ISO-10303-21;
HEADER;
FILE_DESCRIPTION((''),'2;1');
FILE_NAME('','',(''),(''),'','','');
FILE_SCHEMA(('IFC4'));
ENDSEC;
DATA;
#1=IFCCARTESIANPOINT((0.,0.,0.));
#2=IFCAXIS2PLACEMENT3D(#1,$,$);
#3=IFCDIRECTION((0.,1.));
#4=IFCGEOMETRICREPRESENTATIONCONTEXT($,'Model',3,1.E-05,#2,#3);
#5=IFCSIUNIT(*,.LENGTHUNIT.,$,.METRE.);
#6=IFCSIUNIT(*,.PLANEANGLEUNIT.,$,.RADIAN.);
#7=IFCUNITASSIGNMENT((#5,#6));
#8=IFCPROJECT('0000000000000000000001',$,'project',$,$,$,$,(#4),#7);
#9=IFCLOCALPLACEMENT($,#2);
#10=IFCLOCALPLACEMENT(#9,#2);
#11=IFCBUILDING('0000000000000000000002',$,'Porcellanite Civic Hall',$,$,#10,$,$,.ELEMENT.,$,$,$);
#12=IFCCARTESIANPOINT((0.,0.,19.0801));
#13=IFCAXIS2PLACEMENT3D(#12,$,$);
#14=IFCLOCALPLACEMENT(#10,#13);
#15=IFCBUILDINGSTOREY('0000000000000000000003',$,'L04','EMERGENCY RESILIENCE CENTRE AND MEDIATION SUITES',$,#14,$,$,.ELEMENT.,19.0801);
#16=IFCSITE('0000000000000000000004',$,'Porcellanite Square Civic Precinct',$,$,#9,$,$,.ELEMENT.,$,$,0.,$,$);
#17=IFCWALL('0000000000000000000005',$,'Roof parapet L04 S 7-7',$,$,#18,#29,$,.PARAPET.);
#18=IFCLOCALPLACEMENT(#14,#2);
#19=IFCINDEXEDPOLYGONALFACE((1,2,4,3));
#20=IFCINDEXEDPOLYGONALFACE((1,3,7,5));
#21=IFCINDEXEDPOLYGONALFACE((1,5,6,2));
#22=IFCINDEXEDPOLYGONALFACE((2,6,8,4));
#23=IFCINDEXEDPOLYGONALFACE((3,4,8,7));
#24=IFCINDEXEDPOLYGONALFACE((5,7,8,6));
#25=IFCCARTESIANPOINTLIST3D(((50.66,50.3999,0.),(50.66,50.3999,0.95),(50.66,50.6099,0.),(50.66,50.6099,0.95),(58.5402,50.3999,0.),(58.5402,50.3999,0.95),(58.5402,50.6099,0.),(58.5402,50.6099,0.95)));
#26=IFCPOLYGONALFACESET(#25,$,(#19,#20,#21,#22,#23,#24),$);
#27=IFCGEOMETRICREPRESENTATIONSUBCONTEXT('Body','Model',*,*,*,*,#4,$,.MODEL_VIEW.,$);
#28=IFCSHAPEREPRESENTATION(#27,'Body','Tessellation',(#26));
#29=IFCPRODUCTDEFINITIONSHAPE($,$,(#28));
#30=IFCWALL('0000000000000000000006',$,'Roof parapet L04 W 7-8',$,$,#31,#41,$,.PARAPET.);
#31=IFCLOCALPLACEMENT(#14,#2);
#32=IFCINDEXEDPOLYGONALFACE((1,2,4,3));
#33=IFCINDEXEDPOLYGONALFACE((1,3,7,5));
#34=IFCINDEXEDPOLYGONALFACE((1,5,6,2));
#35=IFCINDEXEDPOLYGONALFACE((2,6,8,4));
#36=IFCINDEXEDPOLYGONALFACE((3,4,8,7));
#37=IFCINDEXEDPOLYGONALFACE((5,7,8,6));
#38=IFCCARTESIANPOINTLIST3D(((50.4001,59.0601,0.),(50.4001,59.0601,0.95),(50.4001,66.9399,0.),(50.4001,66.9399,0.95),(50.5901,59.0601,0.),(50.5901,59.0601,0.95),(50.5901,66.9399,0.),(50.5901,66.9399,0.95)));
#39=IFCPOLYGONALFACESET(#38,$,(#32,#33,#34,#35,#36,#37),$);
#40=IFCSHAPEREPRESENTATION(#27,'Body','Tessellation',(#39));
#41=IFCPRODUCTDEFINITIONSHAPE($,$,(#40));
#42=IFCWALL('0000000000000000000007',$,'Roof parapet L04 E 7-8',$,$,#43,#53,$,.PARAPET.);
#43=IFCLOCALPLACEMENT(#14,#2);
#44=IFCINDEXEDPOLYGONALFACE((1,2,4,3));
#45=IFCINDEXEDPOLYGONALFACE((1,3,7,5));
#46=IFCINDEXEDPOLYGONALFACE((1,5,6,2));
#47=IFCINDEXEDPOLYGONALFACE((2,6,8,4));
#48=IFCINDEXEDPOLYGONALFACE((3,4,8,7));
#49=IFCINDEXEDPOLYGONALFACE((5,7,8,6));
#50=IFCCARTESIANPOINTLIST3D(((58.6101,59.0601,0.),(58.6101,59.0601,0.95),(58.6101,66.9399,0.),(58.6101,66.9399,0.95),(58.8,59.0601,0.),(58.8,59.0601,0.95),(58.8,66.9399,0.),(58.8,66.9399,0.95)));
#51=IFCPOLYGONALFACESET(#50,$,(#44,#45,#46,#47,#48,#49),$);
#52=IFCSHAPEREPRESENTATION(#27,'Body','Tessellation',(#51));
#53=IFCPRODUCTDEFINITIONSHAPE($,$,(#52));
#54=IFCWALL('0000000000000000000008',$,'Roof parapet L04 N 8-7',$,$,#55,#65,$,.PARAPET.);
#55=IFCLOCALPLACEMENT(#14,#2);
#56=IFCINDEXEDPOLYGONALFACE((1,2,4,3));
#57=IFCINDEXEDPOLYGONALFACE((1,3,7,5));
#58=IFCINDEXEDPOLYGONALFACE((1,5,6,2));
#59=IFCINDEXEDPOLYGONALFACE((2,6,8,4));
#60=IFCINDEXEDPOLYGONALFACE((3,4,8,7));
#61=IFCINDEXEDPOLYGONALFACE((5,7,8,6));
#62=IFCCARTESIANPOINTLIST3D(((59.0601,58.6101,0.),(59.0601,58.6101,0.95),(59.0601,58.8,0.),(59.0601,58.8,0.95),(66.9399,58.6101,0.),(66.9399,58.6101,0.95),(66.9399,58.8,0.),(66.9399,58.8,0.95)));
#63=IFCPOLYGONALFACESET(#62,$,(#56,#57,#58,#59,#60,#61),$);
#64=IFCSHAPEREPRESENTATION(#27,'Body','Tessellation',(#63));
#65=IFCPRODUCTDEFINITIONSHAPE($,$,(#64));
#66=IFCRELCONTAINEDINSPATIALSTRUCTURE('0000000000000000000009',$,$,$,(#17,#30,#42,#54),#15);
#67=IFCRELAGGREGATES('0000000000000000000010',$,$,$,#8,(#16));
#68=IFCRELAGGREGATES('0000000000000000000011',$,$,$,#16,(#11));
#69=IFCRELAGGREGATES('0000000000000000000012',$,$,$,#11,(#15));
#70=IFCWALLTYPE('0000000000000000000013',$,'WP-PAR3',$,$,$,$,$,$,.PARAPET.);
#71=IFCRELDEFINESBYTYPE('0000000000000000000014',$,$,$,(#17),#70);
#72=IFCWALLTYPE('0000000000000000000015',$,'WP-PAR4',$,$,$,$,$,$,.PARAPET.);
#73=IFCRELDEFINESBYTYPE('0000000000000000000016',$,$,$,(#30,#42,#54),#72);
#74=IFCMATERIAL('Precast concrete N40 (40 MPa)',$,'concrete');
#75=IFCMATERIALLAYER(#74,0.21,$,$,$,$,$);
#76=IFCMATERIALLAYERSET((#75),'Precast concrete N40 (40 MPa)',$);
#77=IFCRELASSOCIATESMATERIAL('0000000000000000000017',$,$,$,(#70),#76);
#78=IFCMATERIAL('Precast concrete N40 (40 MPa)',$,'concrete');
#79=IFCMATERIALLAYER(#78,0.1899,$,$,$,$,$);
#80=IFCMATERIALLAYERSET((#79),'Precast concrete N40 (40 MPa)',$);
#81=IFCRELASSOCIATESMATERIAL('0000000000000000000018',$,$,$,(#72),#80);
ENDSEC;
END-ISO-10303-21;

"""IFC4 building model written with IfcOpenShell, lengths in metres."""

from ifc_helpers import new_model, si_unit, direction, frame, frame_2d, origin, place, context, subcontext, project, spatial, rectangle, extrude, material, layer, layer_set, type_object, element, save


model = new_model("IFC4")

# Units and contexts
model_context = context("Model", 3, precision=1e-05, world=origin(), true_north=direction((0.0, 1.0)))
body_context = subcontext(model_context, "Body", "Model", "MODEL_VIEW")
ifc_project = project(units=[si_unit("LENGTHUNIT", "METRE"), si_unit("PLANEANGLEUNIT", "RADIAN")], contexts=[model_context])

# Site, building, storey
site_placement = place(None, origin())
site = spatial("IfcSite", under=ifc_project, at=site_placement, Name="Porcellanite Square Civic Precinct", CompositionType="ELEMENT", RefElevation=0.0)
building_placement = place(site_placement, origin())
building = spatial("IfcBuilding", under=site, at=building_placement, Name="Porcellanite Civic Hall", CompositionType="ELEMENT")
storey_placement = place(building_placement, frame((0.0, 0.0, 19.0801)))
storey = spatial("IfcBuildingStorey", under=building, at=storey_placement, Name="L04", Description="EMERGENCY RESILIENCE CENTRE AND MEDIATION SUITES", CompositionType="ELEMENT", Elevation=19.0801)

# Walls
ifc_material_1 = material(Name="Precast concrete N40 (40 MPa)", Category="concrete")
ifc_layer_1 = layer(ifc_material_1, 0.21)
ifc_layer_set_1 = layer_set([ifc_layer_1], Name="Precast concrete N40 (40 MPa)")
wall_type_1 = type_object("IfcWallType", Name="WP-PAR3", PredefinedType="PARAPET", material=ifc_layer_set_1)
wall_1_placement = place(storey_placement, frame((58.54, 50.5049, 0.0), z_axis=(0.0, 0.0, 1.0), x_axis=(-1.0, 0.0, 0.0)))
element("IfcWall", 1, at=wall_1_placement, inside=storey, type_object=wall_type_1, Name="Roof parapet L04 S 7-7", PredefinedType="PARAPET", context=body_context, shape_type="SweptSolid", body=[
    extrude(rectangle(XDim=7.8801, YDim=0.21, at=frame_2d((3.9399, 0.0))), origin(), (0.0, 0.0, 1.0), 0.95),
])
ifc_material_2 = material(Name="Precast concrete N40 (40 MPa)", Category="concrete")
ifc_layer_2 = layer(ifc_material_2, 0.1899)
ifc_layer_set_2 = layer_set([ifc_layer_2], Name="Precast concrete N40 (40 MPa)")
wall_type_2 = type_object("IfcWallType", Name="WP-PAR4", PredefinedType="PARAPET", material=ifc_layer_set_2)
for number, where, z_axis, x_axis, name in (
    (2, (50.4951, 59.0601, 0.0), (0.0, 0.0, 1.0), (0.0, 1.0, 0.0), "Roof parapet L04 W 7-8"),
    (3, (58.7051, 66.9399, 0.0), (0.0, 0.0, 1.0), (0.0, -1.0, 0.0), "Roof parapet L04 E 7-8"),
    (4, (59.0601, 58.7051, 0.0), (0.0, 0.0, 1.0), (1.0, 0.0, 0.0), "Roof parapet L04 N 8-7"),
):
    element("IfcWall", number, at=place(storey_placement, frame(where, z_axis=z_axis, x_axis=x_axis)), inside=storey, type_object=wall_type_2, Name=name, PredefinedType="PARAPET", context=body_context, shape_type="SweptSolid", body=[
        extrude(rectangle(XDim=7.8799, YDim=0.1899, at=frame_2d((3.9399, 0.0))), origin(), (0.0, 0.0, 1.0), 0.95),
    ])

save(model, "model.ifc")
